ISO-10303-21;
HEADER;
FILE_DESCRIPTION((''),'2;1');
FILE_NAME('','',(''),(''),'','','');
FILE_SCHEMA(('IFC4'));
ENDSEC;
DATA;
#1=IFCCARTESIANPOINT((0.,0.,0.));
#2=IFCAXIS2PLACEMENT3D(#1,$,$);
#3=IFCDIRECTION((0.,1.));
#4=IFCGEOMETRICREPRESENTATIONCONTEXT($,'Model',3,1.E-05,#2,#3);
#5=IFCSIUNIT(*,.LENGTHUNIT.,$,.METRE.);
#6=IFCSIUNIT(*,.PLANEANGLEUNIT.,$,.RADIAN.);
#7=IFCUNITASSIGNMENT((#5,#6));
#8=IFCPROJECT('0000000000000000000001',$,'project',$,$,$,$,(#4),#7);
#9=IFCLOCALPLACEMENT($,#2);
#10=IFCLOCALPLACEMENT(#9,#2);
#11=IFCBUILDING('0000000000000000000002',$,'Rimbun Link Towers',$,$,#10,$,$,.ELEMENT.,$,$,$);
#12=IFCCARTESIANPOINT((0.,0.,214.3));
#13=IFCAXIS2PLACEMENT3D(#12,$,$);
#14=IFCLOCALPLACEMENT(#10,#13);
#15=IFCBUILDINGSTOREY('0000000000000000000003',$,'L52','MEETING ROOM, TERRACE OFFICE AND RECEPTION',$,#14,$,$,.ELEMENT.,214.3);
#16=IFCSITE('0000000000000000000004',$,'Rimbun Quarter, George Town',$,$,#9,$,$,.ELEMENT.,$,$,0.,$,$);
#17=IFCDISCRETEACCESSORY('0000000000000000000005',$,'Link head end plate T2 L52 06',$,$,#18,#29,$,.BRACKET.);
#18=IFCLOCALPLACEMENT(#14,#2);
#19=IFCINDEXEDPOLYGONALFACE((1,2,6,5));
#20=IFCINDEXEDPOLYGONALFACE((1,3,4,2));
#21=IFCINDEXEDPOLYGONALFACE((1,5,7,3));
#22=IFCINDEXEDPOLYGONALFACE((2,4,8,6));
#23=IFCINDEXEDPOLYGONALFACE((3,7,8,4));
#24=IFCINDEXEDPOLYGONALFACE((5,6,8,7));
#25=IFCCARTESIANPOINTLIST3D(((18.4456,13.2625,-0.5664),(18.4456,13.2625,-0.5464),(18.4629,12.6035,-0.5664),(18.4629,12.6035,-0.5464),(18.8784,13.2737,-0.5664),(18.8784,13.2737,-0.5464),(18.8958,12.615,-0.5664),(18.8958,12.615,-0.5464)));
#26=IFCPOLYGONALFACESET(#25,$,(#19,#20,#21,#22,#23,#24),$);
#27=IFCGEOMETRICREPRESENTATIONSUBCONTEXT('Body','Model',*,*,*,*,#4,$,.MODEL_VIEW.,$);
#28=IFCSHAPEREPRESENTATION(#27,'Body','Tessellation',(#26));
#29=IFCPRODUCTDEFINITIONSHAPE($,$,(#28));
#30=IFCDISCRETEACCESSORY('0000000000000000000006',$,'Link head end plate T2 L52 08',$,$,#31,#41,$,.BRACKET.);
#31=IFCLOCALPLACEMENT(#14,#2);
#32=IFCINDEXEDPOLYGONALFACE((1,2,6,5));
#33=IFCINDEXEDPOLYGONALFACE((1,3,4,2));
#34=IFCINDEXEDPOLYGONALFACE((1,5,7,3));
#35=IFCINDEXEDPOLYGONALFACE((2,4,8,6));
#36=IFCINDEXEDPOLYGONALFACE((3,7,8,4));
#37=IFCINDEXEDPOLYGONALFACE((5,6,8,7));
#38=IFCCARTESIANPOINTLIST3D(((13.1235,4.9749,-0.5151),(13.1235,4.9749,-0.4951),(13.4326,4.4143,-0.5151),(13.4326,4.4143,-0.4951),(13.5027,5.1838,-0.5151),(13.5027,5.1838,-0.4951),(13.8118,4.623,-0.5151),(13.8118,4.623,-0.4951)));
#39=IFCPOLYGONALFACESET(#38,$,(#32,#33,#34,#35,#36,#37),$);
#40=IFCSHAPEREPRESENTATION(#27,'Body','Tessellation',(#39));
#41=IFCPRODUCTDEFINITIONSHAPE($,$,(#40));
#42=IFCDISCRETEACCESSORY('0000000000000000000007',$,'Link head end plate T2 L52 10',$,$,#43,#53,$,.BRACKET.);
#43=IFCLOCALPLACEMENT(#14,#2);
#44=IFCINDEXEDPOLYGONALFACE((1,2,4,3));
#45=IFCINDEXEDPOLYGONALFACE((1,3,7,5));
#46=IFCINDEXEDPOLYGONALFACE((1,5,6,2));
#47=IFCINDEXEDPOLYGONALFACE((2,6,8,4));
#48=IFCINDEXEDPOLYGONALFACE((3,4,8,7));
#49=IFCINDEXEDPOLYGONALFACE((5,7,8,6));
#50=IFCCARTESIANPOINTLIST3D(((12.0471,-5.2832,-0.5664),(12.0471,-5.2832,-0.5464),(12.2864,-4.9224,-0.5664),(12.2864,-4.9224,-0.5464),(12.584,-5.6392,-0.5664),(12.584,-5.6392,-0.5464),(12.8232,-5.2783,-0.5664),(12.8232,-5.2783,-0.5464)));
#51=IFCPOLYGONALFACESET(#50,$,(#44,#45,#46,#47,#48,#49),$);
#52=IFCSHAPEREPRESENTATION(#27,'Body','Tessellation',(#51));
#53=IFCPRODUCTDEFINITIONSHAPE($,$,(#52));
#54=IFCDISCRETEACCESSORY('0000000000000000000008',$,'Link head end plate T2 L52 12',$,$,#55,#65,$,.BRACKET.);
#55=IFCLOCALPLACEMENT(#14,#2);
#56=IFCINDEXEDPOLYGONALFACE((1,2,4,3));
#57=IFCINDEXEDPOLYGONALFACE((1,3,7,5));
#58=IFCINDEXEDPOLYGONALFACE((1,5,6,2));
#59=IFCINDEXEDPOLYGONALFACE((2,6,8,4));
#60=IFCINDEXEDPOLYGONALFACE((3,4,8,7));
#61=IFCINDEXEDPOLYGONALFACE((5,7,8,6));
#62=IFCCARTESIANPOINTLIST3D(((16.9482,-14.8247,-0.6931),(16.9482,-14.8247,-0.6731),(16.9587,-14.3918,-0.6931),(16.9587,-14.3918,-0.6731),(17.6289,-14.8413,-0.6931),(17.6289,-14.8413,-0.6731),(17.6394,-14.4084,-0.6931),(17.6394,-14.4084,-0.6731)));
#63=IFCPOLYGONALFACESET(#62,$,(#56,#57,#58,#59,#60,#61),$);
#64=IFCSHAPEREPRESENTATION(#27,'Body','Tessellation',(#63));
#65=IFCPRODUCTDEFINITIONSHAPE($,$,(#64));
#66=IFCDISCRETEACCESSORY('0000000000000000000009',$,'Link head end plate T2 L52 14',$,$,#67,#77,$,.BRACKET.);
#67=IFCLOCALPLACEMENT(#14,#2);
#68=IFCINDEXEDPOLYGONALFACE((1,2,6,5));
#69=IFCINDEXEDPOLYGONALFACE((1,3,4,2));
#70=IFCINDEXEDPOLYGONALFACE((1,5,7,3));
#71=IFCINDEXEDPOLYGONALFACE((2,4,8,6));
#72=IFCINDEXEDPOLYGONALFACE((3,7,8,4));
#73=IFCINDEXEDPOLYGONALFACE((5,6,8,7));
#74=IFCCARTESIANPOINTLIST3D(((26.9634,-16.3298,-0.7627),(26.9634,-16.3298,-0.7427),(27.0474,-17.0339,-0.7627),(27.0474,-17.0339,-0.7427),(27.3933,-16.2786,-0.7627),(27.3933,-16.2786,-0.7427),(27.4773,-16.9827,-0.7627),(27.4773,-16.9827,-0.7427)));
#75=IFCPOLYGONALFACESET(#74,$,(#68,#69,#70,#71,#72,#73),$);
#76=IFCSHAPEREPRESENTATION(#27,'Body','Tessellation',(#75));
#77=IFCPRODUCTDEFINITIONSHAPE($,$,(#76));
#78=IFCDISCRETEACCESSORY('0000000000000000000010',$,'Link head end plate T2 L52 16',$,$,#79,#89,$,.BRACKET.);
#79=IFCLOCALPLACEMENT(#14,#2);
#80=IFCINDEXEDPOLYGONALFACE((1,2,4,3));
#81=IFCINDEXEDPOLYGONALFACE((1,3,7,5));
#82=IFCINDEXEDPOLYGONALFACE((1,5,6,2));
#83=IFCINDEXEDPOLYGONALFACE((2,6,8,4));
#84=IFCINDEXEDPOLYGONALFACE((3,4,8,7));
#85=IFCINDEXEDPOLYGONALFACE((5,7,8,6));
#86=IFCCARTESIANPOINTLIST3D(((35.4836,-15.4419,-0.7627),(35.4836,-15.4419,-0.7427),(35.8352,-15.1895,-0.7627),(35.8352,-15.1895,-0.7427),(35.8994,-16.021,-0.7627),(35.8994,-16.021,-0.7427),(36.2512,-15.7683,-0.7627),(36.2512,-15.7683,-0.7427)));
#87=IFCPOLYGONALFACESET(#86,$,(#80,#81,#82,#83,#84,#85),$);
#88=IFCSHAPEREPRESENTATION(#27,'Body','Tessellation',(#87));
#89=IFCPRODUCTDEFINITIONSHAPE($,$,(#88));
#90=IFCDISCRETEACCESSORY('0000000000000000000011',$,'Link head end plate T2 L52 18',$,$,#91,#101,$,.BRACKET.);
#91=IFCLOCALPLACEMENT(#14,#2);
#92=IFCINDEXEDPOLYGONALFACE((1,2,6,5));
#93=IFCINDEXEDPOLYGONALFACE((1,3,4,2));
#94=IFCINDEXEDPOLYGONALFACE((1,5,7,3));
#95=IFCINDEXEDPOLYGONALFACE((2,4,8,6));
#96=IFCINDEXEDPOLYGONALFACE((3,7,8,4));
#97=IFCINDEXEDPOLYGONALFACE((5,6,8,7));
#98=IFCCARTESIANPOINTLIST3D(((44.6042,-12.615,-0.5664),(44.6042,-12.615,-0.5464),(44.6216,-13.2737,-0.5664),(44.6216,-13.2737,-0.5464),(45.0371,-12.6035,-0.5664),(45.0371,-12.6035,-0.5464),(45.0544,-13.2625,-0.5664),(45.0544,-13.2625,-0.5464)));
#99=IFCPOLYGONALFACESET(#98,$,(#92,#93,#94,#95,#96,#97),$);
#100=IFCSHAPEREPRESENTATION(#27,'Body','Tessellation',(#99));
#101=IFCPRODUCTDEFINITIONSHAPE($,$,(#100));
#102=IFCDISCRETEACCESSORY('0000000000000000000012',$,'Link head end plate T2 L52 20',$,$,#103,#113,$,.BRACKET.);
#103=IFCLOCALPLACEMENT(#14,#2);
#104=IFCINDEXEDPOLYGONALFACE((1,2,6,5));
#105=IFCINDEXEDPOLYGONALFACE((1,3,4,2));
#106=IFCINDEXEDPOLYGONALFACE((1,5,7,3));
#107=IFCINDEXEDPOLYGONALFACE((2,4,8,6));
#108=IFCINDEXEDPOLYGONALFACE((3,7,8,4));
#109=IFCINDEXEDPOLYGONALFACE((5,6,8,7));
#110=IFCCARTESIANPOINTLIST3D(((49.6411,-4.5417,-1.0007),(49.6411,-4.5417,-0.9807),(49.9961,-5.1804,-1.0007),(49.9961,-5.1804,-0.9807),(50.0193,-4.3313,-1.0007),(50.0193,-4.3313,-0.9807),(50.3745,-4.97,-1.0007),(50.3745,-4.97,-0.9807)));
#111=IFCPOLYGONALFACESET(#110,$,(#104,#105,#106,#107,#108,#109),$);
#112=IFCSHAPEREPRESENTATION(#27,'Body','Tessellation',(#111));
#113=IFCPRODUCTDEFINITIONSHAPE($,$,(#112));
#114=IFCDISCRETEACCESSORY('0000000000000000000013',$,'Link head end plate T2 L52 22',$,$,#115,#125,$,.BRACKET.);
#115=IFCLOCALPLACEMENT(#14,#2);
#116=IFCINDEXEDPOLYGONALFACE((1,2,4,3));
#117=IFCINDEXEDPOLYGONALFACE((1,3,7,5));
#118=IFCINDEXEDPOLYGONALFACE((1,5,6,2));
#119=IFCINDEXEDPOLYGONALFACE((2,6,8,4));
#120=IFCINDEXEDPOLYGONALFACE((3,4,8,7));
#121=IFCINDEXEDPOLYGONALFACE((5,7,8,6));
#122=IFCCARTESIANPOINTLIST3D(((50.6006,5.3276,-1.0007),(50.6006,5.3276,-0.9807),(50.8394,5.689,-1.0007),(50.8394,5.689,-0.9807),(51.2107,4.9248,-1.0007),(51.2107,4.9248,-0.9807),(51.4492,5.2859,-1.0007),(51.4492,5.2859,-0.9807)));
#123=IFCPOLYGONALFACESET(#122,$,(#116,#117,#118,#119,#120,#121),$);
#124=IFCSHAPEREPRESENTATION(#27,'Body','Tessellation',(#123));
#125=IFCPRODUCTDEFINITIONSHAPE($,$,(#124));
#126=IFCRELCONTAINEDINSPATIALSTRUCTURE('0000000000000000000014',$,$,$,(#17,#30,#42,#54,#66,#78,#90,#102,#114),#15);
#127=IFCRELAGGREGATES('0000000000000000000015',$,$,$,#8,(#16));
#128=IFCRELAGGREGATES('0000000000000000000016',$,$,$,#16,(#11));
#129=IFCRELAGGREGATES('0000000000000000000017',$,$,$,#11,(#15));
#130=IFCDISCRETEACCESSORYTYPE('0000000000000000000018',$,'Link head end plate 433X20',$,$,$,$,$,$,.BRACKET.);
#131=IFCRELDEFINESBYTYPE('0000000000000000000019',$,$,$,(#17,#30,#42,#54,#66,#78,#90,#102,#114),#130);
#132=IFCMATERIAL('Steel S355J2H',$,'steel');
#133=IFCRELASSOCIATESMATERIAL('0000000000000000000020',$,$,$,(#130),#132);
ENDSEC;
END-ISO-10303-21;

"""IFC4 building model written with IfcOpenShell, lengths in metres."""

from ifc_helpers import new_model, si_unit, direction, frame, origin, origin_2d, place, context, subcontext, project, spatial, polyline, rectangle, outline, extrude, material, material_profile, profile_set, type_object, element, save


model = new_model("IFC4")

# Units and contexts
model_context = context("Model", 3, precision=1e-05, world=origin(), true_north=direction((0.0, 1.0)))
body_context = subcontext(model_context, "Body", "Model", "MODEL_VIEW")
ifc_project = project(units=[si_unit("LENGTHUNIT", "METRE"), si_unit("PLANEANGLEUNIT", "RADIAN")], contexts=[model_context])

# Site, building, storey
site_placement = place(None, origin())
site = spatial("IfcSite", under=ifc_project, at=site_placement, Name="Rimbun Quarter, George Town", CompositionType="ELEMENT", RefElevation=0.0)
building_placement = place(site_placement, origin())
building = spatial("IfcBuilding", under=site, at=building_placement, Name="Rimbun Link Towers", CompositionType="ELEMENT")
storey_placement = place(building_placement, frame((0.0, 0.0, 214.3)))
storey = spatial("IfcBuildingStorey", under=building, at=storey_placement, Name="L52", Description="MEETING ROOM, TERRACE OFFICE AND RECEPTION", CompositionType="ELEMENT", Elevation=214.3)

# Discrete accessories
ifc_material_1 = material(Name="Steel S355J2H", Category="steel")
ifc_material_profile_1 = material_profile(ifc_material_1, rectangle(XDim=0.4331, YDim=0.4331, at=origin_2d()), Name="PL 433x433")
ifc_profile_set_1 = profile_set([ifc_material_profile_1], Name="Steel S355J2H")
discrete_accessory_type_1 = type_object("IfcDiscreteAccessoryType", Name="Link head end plate 433X20", PredefinedType="BRACKET", material=ifc_profile_set_1)
discrete_accessory_1_placement = place(storey_placement, frame((0.0, 0.0, -0.5664)))
element("IfcDiscreteAccessory", 1, at=discrete_accessory_1_placement, inside=storey, type_object=discrete_accessory_type_1, Name="Link head end plate T2 L52 06", PredefinedType="BRACKET", context=body_context, shape_type="SweptSolid", body=[
    extrude(outline(polyline([(18.8958, 12.615), (18.8784, 13.2737), (18.4456, 13.2625), (18.4629, 12.6035), (18.8958, 12.615)])), origin(), (0.0, 0.0, 1.0), 0.02),
])
discrete_accessory_2_placement = place(storey_placement, frame((0.0, 0.0, -0.5151)))
element("IfcDiscreteAccessory", 2, at=discrete_accessory_2_placement, inside=storey, type_object=discrete_accessory_type_1, Name="Link head end plate T2 L52 08", PredefinedType="BRACKET", context=body_context, shape_type="SweptSolid", body=[
    extrude(outline(polyline([(13.8118, 4.623), (13.5027, 5.1838), (13.1235, 4.9749), (13.4326, 4.4143), (13.8118, 4.623)])), origin(), (0.0, 0.0, 1.0), 0.02),
])
discrete_accessory_3_placement = place(storey_placement, frame((0.0, 0.0, -0.5664)))
element("IfcDiscreteAccessory", 3, at=discrete_accessory_3_placement, inside=storey, type_object=discrete_accessory_type_1, Name="Link head end plate T2 L52 10", PredefinedType="BRACKET", context=body_context, shape_type="SweptSolid", body=[
    extrude(outline(polyline([(12.8232, -5.2783), (12.2864, -4.9224), (12.0471, -5.2832), (12.584, -5.6392), (12.8232, -5.2783)])), origin(), (0.0, 0.0, 1.0), 0.02),
])
discrete_accessory_4_placement = place(storey_placement, frame((0.0, 0.0, -0.6931)))
element("IfcDiscreteAccessory", 4, at=discrete_accessory_4_placement, inside=storey, type_object=discrete_accessory_type_1, Name="Link head end plate T2 L52 12", PredefinedType="BRACKET", context=body_context, shape_type="SweptSolid", body=[
    extrude(outline(polyline([(17.6394, -14.4084), (16.9587, -14.3918), (16.9482, -14.8247), (17.6289, -14.8413), (17.6394, -14.4084)])), origin(), (0.0, 0.0, 1.0), 0.02),
])
discrete_accessory_5_placement = place(storey_placement, frame((0.0, 0.0, -0.7627)))
element("IfcDiscreteAccessory", 5, at=discrete_accessory_5_placement, inside=storey, type_object=discrete_accessory_type_1, Name="Link head end plate T2 L52 14", PredefinedType="BRACKET", context=body_context, shape_type="SweptSolid", body=[
    extrude(outline(polyline([(26.9634, -16.3298), (27.0474, -17.0339), (27.4773, -16.9827), (27.3933, -16.2786), (26.9634, -16.3298)])), origin(), (0.0, 0.0, 1.0), 0.02),
])
discrete_accessory_6_placement = place(storey_placement, frame((0.0, 0.0, -0.7627)))
element("IfcDiscreteAccessory", 6, at=discrete_accessory_6_placement, inside=storey, type_object=discrete_accessory_type_1, Name="Link head end plate T2 L52 16", PredefinedType="BRACKET", context=body_context, shape_type="SweptSolid", body=[
    extrude(outline(polyline([(35.4836, -15.4419), (35.8994, -16.021), (36.2512, -15.7683), (35.8352, -15.1895), (35.4836, -15.4419)])), origin(), (0.0, 0.0, 1.0), 0.02),
])
discrete_accessory_7_placement = place(storey_placement, frame((0.0, 0.0, -0.5664)))
element("IfcDiscreteAccessory", 7, at=discrete_accessory_7_placement, inside=storey, type_object=discrete_accessory_type_1, Name="Link head end plate T2 L52 18", PredefinedType="BRACKET", context=body_context, shape_type="SweptSolid", body=[
    extrude(outline(polyline([(44.6042, -12.615), (44.6216, -13.2737), (45.0544, -13.2625), (45.0371, -12.6035), (44.6042, -12.615)])), origin(), (0.0, 0.0, 1.0), 0.02),
])
discrete_accessory_8_placement = place(storey_placement, frame((0.0, 0.0, -1.0007)))
element("IfcDiscreteAccessory", 8, at=discrete_accessory_8_placement, inside=storey, type_object=discrete_accessory_type_1, Name="Link head end plate T2 L52 20", PredefinedType="BRACKET", context=body_context, shape_type="SweptSolid", body=[
    extrude(outline(polyline([(49.6411, -4.5417), (49.9961, -5.1804), (50.3745, -4.97), (50.0193, -4.3313), (49.6411, -4.5417)])), origin(), (0.0, 0.0, 1.0), 0.02),
])
discrete_accessory_9_placement = place(storey_placement, frame((0.0, 0.0, -1.0007)))
element("IfcDiscreteAccessory", 9, at=discrete_accessory_9_placement, inside=storey, type_object=discrete_accessory_type_1, Name="Link head end plate T2 L52 22", PredefinedType="BRACKET", context=body_context, shape_type="SweptSolid", body=[
    extrude(outline(polyline([(50.6006, 5.3276), (51.2107, 4.9248), (51.4492, 5.2859), (50.8394, 5.689), (50.6006, 5.3276)])), origin(), (0.0, 0.0, 1.0), 0.02),
])

save(model, "model.ifc")
